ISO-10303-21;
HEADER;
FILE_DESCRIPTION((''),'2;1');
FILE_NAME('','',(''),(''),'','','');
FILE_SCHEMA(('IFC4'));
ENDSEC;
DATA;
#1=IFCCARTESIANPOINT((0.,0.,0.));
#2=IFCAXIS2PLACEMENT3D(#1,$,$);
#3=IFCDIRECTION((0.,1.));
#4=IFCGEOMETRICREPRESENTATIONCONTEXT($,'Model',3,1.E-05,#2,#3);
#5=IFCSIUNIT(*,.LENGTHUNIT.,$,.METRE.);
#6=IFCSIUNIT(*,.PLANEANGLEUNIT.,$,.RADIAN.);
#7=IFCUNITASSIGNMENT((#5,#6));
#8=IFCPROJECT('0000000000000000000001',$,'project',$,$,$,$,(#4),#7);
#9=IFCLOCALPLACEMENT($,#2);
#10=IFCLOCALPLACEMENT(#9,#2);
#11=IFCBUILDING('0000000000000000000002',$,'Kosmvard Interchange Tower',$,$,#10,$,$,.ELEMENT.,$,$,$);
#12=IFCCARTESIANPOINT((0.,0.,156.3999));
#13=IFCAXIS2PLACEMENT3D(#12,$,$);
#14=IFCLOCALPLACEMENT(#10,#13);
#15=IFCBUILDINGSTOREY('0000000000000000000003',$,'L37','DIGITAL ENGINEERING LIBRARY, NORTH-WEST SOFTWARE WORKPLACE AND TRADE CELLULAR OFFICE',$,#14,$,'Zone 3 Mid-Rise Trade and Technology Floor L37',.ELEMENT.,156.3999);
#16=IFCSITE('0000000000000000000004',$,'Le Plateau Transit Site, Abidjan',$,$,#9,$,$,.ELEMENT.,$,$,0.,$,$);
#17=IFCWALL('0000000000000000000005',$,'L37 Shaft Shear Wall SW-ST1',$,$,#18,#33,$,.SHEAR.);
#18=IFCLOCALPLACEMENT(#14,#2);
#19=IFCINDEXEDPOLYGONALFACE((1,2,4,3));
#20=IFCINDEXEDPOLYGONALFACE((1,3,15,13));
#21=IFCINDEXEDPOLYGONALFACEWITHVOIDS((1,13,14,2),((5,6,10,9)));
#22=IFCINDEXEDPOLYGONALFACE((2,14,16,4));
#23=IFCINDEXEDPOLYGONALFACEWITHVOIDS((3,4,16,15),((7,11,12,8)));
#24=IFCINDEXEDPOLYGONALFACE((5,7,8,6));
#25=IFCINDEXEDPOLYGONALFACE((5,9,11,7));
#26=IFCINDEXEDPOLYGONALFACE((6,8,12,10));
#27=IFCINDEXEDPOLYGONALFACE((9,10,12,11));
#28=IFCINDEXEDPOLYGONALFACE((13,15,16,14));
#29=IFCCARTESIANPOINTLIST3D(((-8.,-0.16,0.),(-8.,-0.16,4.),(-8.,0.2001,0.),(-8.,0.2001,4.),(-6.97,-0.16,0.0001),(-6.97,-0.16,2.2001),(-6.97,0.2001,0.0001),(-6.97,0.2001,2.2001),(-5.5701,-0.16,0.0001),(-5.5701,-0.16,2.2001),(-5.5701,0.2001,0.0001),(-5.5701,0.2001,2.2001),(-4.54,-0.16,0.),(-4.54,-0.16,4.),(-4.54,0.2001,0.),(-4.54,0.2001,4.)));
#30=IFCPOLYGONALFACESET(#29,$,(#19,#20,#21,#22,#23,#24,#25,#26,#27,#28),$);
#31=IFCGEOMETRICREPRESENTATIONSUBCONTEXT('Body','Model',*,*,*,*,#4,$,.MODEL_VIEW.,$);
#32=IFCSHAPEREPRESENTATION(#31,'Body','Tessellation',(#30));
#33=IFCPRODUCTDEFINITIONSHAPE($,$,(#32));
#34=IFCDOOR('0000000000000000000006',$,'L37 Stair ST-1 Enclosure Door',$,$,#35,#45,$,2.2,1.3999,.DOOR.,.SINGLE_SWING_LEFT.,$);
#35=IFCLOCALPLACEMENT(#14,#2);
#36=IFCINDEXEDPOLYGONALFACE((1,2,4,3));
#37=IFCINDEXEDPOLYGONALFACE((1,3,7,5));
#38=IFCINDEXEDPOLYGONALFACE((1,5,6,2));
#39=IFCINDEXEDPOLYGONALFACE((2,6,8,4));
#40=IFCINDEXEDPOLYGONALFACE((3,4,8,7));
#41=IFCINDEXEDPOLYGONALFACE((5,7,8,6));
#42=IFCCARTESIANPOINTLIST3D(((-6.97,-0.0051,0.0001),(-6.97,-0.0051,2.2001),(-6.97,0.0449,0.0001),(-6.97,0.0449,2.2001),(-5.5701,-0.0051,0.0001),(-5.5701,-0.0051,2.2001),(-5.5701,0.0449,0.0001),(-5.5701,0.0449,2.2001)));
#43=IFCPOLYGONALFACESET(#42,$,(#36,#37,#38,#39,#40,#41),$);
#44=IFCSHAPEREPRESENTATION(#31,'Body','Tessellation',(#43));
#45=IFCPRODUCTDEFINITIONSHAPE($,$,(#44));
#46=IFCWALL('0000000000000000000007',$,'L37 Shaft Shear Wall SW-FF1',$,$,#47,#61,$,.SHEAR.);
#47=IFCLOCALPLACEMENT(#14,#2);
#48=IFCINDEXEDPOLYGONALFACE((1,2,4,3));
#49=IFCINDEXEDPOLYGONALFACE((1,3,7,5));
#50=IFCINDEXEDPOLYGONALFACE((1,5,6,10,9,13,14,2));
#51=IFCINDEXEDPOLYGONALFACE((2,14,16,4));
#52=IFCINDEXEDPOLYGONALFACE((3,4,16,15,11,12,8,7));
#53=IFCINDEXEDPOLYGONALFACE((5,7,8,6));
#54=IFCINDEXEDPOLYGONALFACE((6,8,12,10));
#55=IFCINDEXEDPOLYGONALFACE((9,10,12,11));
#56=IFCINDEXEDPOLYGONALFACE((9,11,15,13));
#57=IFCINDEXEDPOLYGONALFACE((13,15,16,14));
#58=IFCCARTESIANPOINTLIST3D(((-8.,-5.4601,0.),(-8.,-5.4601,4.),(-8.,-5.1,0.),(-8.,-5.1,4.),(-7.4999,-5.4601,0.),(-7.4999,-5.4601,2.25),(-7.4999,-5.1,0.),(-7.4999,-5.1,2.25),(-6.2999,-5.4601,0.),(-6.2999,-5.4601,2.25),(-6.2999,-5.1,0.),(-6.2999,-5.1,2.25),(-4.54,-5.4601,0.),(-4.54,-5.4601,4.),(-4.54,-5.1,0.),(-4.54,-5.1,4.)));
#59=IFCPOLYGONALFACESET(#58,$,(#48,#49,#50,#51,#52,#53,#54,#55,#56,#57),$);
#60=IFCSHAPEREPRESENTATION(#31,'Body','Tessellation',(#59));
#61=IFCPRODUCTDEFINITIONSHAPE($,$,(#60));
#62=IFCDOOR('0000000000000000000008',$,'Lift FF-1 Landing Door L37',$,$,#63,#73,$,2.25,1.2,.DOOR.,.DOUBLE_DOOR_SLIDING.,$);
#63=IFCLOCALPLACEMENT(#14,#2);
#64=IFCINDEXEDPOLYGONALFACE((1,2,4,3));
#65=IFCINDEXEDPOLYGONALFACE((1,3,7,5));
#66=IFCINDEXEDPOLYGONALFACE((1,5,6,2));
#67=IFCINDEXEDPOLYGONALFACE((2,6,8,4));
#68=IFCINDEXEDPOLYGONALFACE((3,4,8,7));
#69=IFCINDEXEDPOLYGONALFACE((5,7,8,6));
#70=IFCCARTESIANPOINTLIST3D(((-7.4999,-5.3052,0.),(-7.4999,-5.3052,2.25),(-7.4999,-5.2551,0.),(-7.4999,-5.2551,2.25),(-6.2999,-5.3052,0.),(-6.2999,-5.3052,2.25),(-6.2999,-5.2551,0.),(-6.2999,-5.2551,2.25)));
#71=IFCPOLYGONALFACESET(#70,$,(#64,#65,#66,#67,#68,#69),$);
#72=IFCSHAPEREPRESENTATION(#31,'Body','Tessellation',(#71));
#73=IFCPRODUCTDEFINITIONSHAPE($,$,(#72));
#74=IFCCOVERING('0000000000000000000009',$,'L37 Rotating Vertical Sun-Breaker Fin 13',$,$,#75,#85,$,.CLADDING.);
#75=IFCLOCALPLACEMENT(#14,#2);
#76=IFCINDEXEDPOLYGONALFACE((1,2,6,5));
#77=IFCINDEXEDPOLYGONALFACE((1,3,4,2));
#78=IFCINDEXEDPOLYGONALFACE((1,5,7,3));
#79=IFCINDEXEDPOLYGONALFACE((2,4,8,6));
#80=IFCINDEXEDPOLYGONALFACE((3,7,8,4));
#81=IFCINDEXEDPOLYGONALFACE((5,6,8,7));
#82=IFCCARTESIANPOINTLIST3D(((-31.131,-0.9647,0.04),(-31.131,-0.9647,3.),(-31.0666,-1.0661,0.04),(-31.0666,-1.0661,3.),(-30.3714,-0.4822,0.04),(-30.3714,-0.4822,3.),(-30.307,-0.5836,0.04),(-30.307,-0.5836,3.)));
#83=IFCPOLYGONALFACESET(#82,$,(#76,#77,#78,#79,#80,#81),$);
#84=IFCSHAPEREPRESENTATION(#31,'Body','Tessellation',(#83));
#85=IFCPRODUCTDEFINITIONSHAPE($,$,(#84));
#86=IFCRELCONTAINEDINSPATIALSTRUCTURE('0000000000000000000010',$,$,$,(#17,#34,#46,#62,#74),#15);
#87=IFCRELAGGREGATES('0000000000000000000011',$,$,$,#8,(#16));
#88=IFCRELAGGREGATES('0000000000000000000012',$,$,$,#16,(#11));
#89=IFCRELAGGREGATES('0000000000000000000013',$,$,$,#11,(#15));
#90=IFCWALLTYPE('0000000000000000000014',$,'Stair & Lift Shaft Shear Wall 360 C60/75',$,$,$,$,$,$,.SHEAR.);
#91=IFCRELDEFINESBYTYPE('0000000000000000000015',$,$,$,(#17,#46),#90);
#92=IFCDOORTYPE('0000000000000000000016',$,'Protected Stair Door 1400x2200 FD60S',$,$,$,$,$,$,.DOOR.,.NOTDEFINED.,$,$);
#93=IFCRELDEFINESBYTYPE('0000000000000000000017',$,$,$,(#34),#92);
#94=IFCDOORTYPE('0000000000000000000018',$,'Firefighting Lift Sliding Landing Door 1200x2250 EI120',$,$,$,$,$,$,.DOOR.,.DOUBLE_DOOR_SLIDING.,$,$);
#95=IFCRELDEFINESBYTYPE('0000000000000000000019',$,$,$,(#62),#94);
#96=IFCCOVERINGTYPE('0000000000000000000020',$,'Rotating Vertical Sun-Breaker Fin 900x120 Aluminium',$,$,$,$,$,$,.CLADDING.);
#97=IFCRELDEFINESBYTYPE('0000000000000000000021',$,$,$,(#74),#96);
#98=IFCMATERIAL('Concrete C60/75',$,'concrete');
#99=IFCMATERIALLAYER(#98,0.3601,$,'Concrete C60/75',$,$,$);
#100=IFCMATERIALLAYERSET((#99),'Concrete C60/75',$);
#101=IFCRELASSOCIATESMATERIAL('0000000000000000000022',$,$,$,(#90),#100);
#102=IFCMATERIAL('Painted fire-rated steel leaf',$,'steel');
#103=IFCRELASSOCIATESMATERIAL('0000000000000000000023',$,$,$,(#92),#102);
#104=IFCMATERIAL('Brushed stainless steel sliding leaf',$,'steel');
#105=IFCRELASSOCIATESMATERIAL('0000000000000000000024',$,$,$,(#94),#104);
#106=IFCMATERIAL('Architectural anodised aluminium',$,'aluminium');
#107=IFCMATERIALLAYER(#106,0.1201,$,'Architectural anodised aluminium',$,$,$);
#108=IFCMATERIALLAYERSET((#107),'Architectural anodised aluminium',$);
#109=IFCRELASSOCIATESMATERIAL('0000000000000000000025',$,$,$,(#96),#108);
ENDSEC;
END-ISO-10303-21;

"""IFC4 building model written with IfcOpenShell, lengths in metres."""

from ifc_helpers import new_model, si_unit, direction, frame, frame_2d, origin, origin_2d, place, context, subcontext, project, spatial, rectangle, extrude, source, transform, mapped, material, layer, layer_set, type_object, element, fill, save


model = new_model("IFC4")

# Units and contexts
model_context = context("Model", 3, precision=1e-05, world=origin(), true_north=direction((0.0, 1.0)))
body_context = subcontext(model_context, "Body", "Model", "MODEL_VIEW")
ifc_project = project(units=[si_unit("LENGTHUNIT", "METRE"), si_unit("PLANEANGLEUNIT", "RADIAN")], contexts=[model_context])

# Site, building, storey
site_placement = place(None, origin())
site = spatial("IfcSite", under=ifc_project, at=site_placement, Name="Le Plateau Transit Site, Abidjan", CompositionType="ELEMENT", RefElevation=0.0)
building_placement = place(site_placement, origin())
building = spatial("IfcBuilding", under=site, at=building_placement, Name="Kosmvard Interchange Tower", CompositionType="ELEMENT")
storey_placement = place(building_placement, frame((0.0, 0.0, 156.3999)))
storey = spatial("IfcBuildingStorey", under=building, at=storey_placement, Name="L37", Description="DIGITAL ENGINEERING LIBRARY, NORTH-WEST SOFTWARE WORKPLACE AND TRADE CELLULAR OFFICE", LongName="Zone 3 Mid-Rise Trade and Technology Floor L37", CompositionType="ELEMENT", Elevation=156.3999)

# Walls, openings, doors
ifc_material_1 = material(Name="Concrete C60/75", Category="concrete")
ifc_layer_1 = layer(ifc_material_1, 0.3601, Name="Concrete C60/75")
ifc_layer_set_1 = layer_set([ifc_layer_1], Name="Concrete C60/75")
wall_type_1 = type_object("IfcWallType", Name="Stair & Lift Shaft Shear Wall 360 C60/75", PredefinedType="SHEAR", material=ifc_layer_set_1)
wall_1_placement = place(storey_placement, frame((-8.0, 0.02, 0.0), z_axis=(0.0, 0.0, 1.0), x_axis=(1.0, 0.0, 0.0)))
wall_1 = element("IfcWall", 1, at=wall_1_placement, inside=storey, type_object=wall_type_1, Name="L37 Shaft Shear Wall SW-ST1", PredefinedType="SHEAR", context=body_context, shape_type="SweptSolid", body=[
    extrude(rectangle(XDim=3.46, YDim=0.3601, at=frame_2d((1.73, 0.0))), origin(), (0.0, 0.0, 1.0), 4.0),
])
opening_1_placement = place(wall_1_placement, frame((1.03, 0.0, 0.0)))
opening_1 = element("IfcOpeningElement", 2, at=opening_1_placement, cuts=wall_1, PredefinedType="OPENING", context=body_context, shape_type="SweptSolid", body=[
    extrude(rectangle(XDim=1.3999, YDim=2.2, at=frame_2d((0.7, 1.1001))), frame((0.0, 0.1899, 0.0), z_axis=(0.0, -1.0, 0.0), x_axis=(1.0, 0.0, 0.0)), (0.0, 0.0, 1.0), 0.3801),
])
ifc_material_2 = material(Name="Painted fire-rated steel leaf", Category="steel")
door_type_1 = type_object("IfcDoorType", Name="Protected Stair Door 1400x2200 FD60S", OperationType="NOTDEFINED", PredefinedType="DOOR", material=ifc_material_2)
shared_shape_1 = source(origin(), body_context, "Body", "SweptSolid", [
    extrude(rectangle(XDim=1.3999, YDim=2.2, at=frame_2d((0.7, 1.1001))), frame((0.0, 0.0249, 0.0), z_axis=(0.0, -1.0, 0.0), x_axis=(1.0, 0.0, 0.0)), (0.0, 0.0, 1.0), 0.05),
])
door_1_placement = place(opening_1_placement, origin())
door_1 = element("IfcDoor", 3, at=door_1_placement, inside=storey, type_object=door_type_1, Name="L37 Stair ST-1 Enclosure Door", OperationType="SINGLE_SWING_LEFT", OverallHeight=2.2, OverallWidth=1.3999, PredefinedType="DOOR", context=body_context, shape_type="MappedRepresentation", body=[
    mapped(shared_shape_1, transform((0.0, 0.0, 0.0), scale=1.0)),
])
fill(opening_1, door_1)
wall_2_placement = place(storey_placement, frame((-8.0, -5.28, 0.0), z_axis=(0.0, 0.0, 1.0), x_axis=(1.0, 0.0, 0.0)))
wall_2 = element("IfcWall", 4, at=wall_2_placement, inside=storey, type_object=wall_type_1, Name="L37 Shaft Shear Wall SW-FF1", PredefinedType="SHEAR", context=body_context, shape_type="SweptSolid", body=[
    extrude(rectangle(XDim=3.46, YDim=0.3601, at=frame_2d((1.73, 0.0))), origin(), (0.0, 0.0, 1.0), 4.0),
])
opening_2_placement = place(wall_2_placement, frame((0.5, 0.0, 0.0)))
opening_2 = element("IfcOpeningElement", 5, at=opening_2_placement, cuts=wall_2, PredefinedType="OPENING", context=body_context, shape_type="SweptSolid", body=[
    extrude(rectangle(XDim=1.2, YDim=2.25, at=frame_2d((0.6001, 1.125))), frame((0.0, 0.1899, 0.0), z_axis=(0.0, -1.0, 0.0), x_axis=(1.0, 0.0, 0.0)), (0.0, 0.0, 1.0), 0.3801),
])
ifc_material_3 = material(Name="Brushed stainless steel sliding leaf", Category="steel")
door_type_2 = type_object("IfcDoorType", Name="Firefighting Lift Sliding Landing Door 1200x2250 EI120", OperationType="DOUBLE_DOOR_SLIDING", PredefinedType="DOOR", material=ifc_material_3)
shared_shape_2 = source(origin(), body_context, "Body", "SweptSolid", [
    extrude(rectangle(XDim=1.2, YDim=2.25, at=frame_2d((0.6001, 1.125))), frame((0.0, 0.0249, 0.0), z_axis=(0.0, -1.0, 0.0), x_axis=(1.0, 0.0, 0.0)), (0.0, 0.0, 1.0), 0.05),
])
door_2_placement = place(opening_2_placement, origin())
door_2 = element("IfcDoor", 6, at=door_2_placement, inside=storey, type_object=door_type_2, Name="Lift FF-1 Landing Door L37", OperationType="DOUBLE_DOOR_SLIDING", OverallHeight=2.25, OverallWidth=1.2, PredefinedType="DOOR", context=body_context, shape_type="MappedRepresentation", body=[
    mapped(shared_shape_2, transform((0.0, 0.0, 0.0), scale=1.0)),
])
fill(opening_2, door_2)

# Covering
ifc_material_4 = material(Name="Architectural anodised aluminium", Category="aluminium")
ifc_layer_2 = layer(ifc_material_4, 0.1201, Name="Architectural anodised aluminium")
ifc_layer_set_2 = layer_set([ifc_layer_2], Name="Architectural anodised aluminium")
covering_type = type_object("IfcCoveringType", Name="Rotating Vertical Sun-Breaker Fin 900x120 Aluminium", PredefinedType="CLADDING", material=ifc_layer_set_2)
shared_shape_3 = source(origin(), body_context, "Body", "SweptSolid", [
    extrude(rectangle(XDim=0.8999, YDim=0.1201, at=origin_2d()), origin(), (0.0, 0.0, 1.0), 2.96),
])
covering_placement = place(storey_placement, frame((-30.719, -0.7742, 0.04), z_axis=(0.0, 0.0, 1.0), x_axis=(-0.844141, -0.536121, 0.0)))
element("IfcCovering", 7, at=covering_placement, inside=storey, type_object=covering_type, Name="L37 Rotating Vertical Sun-Breaker Fin 13", PredefinedType="CLADDING", context=body_context, shape_type="MappedRepresentation", body=[
    mapped(shared_shape_3, transform((0.0, 0.0, 0.0), scale=1.0)),
])

save(model, "model.ifc")
